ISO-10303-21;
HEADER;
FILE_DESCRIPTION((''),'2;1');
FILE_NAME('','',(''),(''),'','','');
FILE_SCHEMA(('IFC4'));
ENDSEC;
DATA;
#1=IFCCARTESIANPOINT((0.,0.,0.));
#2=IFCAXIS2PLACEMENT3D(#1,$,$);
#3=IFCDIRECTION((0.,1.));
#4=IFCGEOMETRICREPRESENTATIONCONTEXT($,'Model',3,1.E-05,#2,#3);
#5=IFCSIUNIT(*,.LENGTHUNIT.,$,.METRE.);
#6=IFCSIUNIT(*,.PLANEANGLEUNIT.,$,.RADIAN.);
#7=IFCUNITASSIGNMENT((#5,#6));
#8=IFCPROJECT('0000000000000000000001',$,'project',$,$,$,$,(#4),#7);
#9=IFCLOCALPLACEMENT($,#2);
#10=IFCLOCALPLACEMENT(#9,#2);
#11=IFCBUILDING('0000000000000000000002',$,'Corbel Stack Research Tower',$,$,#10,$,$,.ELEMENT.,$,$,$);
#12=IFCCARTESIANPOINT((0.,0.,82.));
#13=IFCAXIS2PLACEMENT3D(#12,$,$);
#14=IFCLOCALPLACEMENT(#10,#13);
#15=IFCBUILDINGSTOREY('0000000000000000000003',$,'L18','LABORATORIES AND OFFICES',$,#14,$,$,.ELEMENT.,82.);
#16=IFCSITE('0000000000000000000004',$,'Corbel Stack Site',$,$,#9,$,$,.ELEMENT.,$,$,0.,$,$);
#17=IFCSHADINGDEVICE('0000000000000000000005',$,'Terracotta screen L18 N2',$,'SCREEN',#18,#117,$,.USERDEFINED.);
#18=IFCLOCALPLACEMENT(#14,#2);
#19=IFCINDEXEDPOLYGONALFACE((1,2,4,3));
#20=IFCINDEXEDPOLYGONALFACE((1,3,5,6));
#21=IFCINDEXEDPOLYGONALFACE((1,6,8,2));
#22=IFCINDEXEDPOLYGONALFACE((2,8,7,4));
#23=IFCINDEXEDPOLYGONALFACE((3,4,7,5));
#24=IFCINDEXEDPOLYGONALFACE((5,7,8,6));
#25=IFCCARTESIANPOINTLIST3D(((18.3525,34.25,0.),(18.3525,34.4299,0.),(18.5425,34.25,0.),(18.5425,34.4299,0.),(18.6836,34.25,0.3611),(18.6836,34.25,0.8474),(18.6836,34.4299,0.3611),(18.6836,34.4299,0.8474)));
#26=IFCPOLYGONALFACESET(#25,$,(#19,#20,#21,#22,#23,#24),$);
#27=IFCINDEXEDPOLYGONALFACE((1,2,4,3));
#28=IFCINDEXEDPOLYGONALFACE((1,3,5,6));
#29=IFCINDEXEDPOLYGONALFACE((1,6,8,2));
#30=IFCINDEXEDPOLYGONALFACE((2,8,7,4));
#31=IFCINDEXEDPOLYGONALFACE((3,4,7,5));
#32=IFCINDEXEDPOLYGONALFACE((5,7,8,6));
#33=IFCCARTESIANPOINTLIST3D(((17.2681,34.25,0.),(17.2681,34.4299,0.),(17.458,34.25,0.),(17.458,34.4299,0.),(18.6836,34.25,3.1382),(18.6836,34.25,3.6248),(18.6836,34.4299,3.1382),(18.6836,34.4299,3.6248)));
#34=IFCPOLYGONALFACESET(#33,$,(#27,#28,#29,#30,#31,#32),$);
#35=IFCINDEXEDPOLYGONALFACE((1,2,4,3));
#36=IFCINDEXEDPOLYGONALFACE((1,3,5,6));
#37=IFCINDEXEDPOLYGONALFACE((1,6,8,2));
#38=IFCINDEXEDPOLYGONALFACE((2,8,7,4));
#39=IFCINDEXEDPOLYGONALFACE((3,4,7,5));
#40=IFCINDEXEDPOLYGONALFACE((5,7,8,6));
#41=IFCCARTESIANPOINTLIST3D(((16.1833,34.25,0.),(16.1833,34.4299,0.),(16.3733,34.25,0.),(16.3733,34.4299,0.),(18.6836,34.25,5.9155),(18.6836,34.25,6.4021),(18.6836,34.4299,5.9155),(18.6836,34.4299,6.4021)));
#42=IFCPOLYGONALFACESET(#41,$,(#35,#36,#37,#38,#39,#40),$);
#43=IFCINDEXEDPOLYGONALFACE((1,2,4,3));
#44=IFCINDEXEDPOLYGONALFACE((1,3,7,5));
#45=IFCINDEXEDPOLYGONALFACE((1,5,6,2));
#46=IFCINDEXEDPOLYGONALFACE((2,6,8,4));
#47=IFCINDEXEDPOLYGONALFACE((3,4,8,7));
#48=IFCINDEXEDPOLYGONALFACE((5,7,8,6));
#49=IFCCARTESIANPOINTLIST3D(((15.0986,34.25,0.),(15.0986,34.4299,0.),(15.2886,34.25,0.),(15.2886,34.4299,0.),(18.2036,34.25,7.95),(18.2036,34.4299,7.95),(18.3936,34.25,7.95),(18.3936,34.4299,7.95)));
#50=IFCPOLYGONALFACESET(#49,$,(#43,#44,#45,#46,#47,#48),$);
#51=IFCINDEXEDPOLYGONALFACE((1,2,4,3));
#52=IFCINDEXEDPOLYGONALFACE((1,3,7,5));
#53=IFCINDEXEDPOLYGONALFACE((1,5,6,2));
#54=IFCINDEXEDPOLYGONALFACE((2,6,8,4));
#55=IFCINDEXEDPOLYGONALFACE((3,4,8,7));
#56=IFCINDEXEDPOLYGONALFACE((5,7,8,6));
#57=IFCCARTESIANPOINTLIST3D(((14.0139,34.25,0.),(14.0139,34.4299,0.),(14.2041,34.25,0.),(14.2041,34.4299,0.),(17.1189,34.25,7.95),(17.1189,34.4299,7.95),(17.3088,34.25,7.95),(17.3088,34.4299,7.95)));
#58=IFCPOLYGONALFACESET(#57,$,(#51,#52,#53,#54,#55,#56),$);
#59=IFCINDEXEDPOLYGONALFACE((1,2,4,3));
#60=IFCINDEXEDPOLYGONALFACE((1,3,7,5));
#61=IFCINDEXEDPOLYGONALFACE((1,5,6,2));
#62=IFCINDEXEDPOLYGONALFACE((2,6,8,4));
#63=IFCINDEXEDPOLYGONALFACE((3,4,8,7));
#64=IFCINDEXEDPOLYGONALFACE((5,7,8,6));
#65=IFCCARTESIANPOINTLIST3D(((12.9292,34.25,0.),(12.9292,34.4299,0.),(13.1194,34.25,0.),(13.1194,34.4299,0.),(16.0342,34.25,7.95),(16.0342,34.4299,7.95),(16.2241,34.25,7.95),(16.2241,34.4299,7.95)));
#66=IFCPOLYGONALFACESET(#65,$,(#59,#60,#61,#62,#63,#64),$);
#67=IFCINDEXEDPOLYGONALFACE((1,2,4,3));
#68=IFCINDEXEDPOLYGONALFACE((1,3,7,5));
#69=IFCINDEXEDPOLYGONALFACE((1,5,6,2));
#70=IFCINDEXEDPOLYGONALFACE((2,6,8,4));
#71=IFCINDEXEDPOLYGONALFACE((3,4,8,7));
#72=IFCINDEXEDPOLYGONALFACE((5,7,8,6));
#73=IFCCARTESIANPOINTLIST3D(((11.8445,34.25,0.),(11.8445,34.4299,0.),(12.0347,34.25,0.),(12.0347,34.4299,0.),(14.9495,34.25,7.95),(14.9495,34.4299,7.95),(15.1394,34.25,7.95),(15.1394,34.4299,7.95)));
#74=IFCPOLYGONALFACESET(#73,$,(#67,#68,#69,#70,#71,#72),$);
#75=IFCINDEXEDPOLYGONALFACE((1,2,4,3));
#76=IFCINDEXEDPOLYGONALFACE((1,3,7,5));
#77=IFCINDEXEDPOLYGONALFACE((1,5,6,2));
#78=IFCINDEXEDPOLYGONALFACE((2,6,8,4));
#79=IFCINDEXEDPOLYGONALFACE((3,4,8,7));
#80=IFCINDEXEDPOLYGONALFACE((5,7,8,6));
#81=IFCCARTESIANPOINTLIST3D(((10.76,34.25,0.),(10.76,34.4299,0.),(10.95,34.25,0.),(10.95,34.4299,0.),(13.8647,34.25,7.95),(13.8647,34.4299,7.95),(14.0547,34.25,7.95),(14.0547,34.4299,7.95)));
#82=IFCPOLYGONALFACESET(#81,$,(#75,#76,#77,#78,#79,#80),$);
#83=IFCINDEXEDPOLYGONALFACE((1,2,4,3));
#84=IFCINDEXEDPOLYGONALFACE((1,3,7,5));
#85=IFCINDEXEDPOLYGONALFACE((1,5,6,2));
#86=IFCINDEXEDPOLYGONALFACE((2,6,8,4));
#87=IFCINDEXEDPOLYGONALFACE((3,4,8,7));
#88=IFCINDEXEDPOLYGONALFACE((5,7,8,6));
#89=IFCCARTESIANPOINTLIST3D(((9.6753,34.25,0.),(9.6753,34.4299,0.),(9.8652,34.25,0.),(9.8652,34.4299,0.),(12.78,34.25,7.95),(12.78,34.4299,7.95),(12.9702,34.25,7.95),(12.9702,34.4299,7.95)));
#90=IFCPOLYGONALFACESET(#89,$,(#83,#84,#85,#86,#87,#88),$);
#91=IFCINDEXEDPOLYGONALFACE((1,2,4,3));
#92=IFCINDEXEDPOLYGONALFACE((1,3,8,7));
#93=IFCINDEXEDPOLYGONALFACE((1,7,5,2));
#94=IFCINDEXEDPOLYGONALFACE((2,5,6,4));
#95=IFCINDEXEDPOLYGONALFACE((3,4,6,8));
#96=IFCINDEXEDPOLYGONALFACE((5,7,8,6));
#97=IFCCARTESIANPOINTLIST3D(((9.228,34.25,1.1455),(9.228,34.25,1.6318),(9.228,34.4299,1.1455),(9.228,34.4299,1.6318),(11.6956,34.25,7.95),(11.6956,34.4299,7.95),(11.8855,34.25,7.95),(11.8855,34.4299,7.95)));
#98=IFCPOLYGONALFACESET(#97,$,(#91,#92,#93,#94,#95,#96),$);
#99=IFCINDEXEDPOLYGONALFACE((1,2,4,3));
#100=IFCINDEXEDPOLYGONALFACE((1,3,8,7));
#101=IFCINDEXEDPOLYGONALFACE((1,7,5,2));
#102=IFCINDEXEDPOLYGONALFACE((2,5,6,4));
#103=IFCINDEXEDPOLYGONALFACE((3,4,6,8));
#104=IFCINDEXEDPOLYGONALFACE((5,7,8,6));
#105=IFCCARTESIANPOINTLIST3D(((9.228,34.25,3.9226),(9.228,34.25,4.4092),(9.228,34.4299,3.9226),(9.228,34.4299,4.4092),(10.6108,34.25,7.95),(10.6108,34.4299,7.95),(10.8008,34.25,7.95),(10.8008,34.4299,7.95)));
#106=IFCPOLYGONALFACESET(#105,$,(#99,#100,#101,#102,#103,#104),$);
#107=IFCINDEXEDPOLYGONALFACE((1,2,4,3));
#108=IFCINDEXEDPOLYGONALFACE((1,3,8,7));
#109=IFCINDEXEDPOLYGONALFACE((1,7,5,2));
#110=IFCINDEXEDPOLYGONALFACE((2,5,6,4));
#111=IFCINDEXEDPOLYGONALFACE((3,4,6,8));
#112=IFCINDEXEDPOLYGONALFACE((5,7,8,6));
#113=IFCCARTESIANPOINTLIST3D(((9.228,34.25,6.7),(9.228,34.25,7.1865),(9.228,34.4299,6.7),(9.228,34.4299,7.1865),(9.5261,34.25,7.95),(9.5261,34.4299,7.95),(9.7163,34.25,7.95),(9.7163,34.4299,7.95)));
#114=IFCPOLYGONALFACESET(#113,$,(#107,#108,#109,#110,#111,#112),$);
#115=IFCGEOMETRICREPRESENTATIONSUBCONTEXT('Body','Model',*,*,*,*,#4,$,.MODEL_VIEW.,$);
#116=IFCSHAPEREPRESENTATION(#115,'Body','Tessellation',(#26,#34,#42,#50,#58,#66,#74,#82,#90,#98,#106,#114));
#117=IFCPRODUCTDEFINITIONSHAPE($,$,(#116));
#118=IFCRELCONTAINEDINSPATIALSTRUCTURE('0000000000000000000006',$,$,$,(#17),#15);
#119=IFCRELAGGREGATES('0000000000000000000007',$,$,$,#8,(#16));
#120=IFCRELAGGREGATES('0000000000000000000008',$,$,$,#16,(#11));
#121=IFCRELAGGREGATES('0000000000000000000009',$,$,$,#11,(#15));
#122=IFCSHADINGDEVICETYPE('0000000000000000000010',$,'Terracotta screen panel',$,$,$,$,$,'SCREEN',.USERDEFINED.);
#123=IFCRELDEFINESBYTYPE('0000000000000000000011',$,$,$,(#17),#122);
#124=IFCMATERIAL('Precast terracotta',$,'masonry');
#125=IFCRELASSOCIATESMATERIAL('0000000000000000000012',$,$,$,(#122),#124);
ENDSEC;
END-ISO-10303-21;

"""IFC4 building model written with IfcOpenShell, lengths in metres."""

from ifc_helpers import new_model, si_unit, direction, frame, origin, place, context, subcontext, project, spatial, polyline, outline, extrude, source, transform, mapped, material, type_object, element, save


model = new_model("IFC4")

# Units and contexts
model_context = context("Model", 3, precision=1e-05, world=origin(), true_north=direction((0.0, 1.0)))
body_context = subcontext(model_context, "Body", "Model", "MODEL_VIEW")
ifc_project = project(units=[si_unit("LENGTHUNIT", "METRE"), si_unit("PLANEANGLEUNIT", "RADIAN")], contexts=[model_context])

# Site, building, storey
site_placement = place(None, origin())
site = spatial("IfcSite", under=ifc_project, at=site_placement, Name="Corbel Stack Site", CompositionType="ELEMENT", RefElevation=0.0)
building_placement = place(site_placement, origin())
building = spatial("IfcBuilding", under=site, at=building_placement, Name="Corbel Stack Research Tower", CompositionType="ELEMENT")
storey_placement = place(building_placement, frame((0.0, 0.0, 82.0)))
storey = spatial("IfcBuildingStorey", under=building, at=storey_placement, Name="L18", Description="LABORATORIES AND OFFICES", CompositionType="ELEMENT", Elevation=82.0)

# Shading device
ifc_material_1 = material(Name="Precast terracotta", Category="masonry")
shading_device_type = type_object("IfcShadingDeviceType", Name="Terracotta screen panel", ElementType="SCREEN", PredefinedType="USERDEFINED", material=ifc_material_1)
shared_shape = source(origin(), body_context, "Body", "SweptSolid", [
    extrude(outline(polyline([(0.3311, 0.0), (0.0, 0.8474), (0.0, 0.3611), (0.1411, 0.0), (0.3311, 0.0)])), frame((0.0, 0.0, 0.0), z_axis=(0.0, -1.0, 0.0), x_axis=(1.0, 0.0, 0.0)), (0.0, 0.0, 1.0), 0.1799),
    extrude(outline(polyline([(1.4155, 0.0), (0.0, 3.6248), (0.0, 3.1382), (1.2256, 0.0), (1.4155, 0.0)])), frame((0.0, 0.0, 0.0), z_axis=(0.0, -1.0, 0.0), x_axis=(1.0, 0.0, 0.0)), (0.0, 0.0, 1.0), 0.1799),
    extrude(outline(polyline([(2.5002, 0.0), (0.0, 6.4021), (0.0, 5.9155), (2.3103, 0.0), (2.5002, 0.0)])), frame((0.0, 0.0, 0.0), z_axis=(0.0, -1.0, 0.0), x_axis=(1.0, 0.0, 0.0)), (0.0, 0.0, 1.0), 0.1799),
    extrude(outline(polyline([(3.585, 0.0), (0.48, 7.95), (0.29, 7.95), (3.395, 0.0), (3.585, 0.0)])), frame((0.0, 0.0, 0.0), z_axis=(0.0, -1.0, 0.0), x_axis=(1.0, 0.0, 0.0)), (0.0, 0.0, 1.0), 0.1799),
    extrude(outline(polyline([(4.6697, 0.0), (1.5647, 7.95), (1.3748, 7.95), (4.4795, 0.0), (4.6697, 0.0)])), frame((0.0, 0.0, 0.0), z_axis=(0.0, -1.0, 0.0), x_axis=(1.0, 0.0, 0.0)), (0.0, 0.0, 1.0), 0.1799),
    extrude(outline(polyline([(5.7544, 0.0), (2.6494, 7.95), (2.4595, 7.95), (5.5642, 0.0), (5.7544, 0.0)])), frame((0.0, 0.0, 0.0), z_axis=(0.0, -1.0, 0.0), x_axis=(1.0, 0.0, 0.0)), (0.0, 0.0, 1.0), 0.1799),
    extrude(outline(polyline([(6.8391, 0.0), (3.7341, 7.95), (3.5442, 7.95), (6.6489, 0.0), (6.8391, 0.0)])), frame((0.0, 0.0, 0.0), z_axis=(0.0, -1.0, 0.0), x_axis=(1.0, 0.0, 0.0)), (0.0, 0.0, 1.0), 0.1799),
    extrude(outline(polyline([(7.9236, 0.0), (4.8188, 7.95), (4.6289, 7.95), (7.7336, 0.0), (7.9236, 0.0)])), frame((0.0, 0.0, 0.0), z_axis=(0.0, -1.0, 0.0), x_axis=(1.0, 0.0, 0.0)), (0.0, 0.0, 1.0), 0.1799),
    extrude(outline(polyline([(9.0083, 0.0), (5.9036, 7.95), (5.7134, 7.95), (8.8184, 0.0), (9.0083, 0.0)])), frame((0.0, 0.0, 0.0), z_axis=(0.0, -1.0, 0.0), x_axis=(1.0, 0.0, 0.0)), (0.0, 0.0, 1.0), 0.1799),
    extrude(outline(polyline([(6.988, 7.95), (6.7981, 7.95), (9.4556, 1.1455), (9.4556, 1.6318), (6.988, 7.95)])), frame((0.0, 0.0, 0.0), z_axis=(0.0, -1.0, 0.0), x_axis=(1.0, 0.0, 0.0)), (0.0, 0.0, 1.0), 0.1799),
    extrude(outline(polyline([(8.0728, 7.95), (7.8828, 7.95), (9.4556, 3.9226), (9.4556, 4.4092), (8.0728, 7.95)])), frame((0.0, 0.0, 0.0), z_axis=(0.0, -1.0, 0.0), x_axis=(1.0, 0.0, 0.0)), (0.0, 0.0, 1.0), 0.1799),
    extrude(outline(polyline([(9.1575, 7.95), (8.9673, 7.95), (9.4556, 6.7), (9.4556, 7.1865), (9.1575, 7.95)])), frame((0.0, 0.0, 0.0), z_axis=(0.0, -1.0, 0.0), x_axis=(1.0, 0.0, 0.0)), (0.0, 0.0, 1.0), 0.1799),
])
shading_device_placement = place(storey_placement, frame((18.6836, 34.25, 0.0), z_axis=(0.0, 0.0, 1.0), x_axis=(-1.0, 0.0, 0.0)))
element("IfcShadingDevice", 1, at=shading_device_placement, inside=storey, type_object=shading_device_type, Name="Terracotta screen L18 N2", ObjectType="SCREEN", PredefinedType="USERDEFINED", context=body_context, shape_type="MappedRepresentation", body=[
    mapped(shared_shape, transform((0.0, 0.0, 0.0))),
])

save(model, "model.ifc")
